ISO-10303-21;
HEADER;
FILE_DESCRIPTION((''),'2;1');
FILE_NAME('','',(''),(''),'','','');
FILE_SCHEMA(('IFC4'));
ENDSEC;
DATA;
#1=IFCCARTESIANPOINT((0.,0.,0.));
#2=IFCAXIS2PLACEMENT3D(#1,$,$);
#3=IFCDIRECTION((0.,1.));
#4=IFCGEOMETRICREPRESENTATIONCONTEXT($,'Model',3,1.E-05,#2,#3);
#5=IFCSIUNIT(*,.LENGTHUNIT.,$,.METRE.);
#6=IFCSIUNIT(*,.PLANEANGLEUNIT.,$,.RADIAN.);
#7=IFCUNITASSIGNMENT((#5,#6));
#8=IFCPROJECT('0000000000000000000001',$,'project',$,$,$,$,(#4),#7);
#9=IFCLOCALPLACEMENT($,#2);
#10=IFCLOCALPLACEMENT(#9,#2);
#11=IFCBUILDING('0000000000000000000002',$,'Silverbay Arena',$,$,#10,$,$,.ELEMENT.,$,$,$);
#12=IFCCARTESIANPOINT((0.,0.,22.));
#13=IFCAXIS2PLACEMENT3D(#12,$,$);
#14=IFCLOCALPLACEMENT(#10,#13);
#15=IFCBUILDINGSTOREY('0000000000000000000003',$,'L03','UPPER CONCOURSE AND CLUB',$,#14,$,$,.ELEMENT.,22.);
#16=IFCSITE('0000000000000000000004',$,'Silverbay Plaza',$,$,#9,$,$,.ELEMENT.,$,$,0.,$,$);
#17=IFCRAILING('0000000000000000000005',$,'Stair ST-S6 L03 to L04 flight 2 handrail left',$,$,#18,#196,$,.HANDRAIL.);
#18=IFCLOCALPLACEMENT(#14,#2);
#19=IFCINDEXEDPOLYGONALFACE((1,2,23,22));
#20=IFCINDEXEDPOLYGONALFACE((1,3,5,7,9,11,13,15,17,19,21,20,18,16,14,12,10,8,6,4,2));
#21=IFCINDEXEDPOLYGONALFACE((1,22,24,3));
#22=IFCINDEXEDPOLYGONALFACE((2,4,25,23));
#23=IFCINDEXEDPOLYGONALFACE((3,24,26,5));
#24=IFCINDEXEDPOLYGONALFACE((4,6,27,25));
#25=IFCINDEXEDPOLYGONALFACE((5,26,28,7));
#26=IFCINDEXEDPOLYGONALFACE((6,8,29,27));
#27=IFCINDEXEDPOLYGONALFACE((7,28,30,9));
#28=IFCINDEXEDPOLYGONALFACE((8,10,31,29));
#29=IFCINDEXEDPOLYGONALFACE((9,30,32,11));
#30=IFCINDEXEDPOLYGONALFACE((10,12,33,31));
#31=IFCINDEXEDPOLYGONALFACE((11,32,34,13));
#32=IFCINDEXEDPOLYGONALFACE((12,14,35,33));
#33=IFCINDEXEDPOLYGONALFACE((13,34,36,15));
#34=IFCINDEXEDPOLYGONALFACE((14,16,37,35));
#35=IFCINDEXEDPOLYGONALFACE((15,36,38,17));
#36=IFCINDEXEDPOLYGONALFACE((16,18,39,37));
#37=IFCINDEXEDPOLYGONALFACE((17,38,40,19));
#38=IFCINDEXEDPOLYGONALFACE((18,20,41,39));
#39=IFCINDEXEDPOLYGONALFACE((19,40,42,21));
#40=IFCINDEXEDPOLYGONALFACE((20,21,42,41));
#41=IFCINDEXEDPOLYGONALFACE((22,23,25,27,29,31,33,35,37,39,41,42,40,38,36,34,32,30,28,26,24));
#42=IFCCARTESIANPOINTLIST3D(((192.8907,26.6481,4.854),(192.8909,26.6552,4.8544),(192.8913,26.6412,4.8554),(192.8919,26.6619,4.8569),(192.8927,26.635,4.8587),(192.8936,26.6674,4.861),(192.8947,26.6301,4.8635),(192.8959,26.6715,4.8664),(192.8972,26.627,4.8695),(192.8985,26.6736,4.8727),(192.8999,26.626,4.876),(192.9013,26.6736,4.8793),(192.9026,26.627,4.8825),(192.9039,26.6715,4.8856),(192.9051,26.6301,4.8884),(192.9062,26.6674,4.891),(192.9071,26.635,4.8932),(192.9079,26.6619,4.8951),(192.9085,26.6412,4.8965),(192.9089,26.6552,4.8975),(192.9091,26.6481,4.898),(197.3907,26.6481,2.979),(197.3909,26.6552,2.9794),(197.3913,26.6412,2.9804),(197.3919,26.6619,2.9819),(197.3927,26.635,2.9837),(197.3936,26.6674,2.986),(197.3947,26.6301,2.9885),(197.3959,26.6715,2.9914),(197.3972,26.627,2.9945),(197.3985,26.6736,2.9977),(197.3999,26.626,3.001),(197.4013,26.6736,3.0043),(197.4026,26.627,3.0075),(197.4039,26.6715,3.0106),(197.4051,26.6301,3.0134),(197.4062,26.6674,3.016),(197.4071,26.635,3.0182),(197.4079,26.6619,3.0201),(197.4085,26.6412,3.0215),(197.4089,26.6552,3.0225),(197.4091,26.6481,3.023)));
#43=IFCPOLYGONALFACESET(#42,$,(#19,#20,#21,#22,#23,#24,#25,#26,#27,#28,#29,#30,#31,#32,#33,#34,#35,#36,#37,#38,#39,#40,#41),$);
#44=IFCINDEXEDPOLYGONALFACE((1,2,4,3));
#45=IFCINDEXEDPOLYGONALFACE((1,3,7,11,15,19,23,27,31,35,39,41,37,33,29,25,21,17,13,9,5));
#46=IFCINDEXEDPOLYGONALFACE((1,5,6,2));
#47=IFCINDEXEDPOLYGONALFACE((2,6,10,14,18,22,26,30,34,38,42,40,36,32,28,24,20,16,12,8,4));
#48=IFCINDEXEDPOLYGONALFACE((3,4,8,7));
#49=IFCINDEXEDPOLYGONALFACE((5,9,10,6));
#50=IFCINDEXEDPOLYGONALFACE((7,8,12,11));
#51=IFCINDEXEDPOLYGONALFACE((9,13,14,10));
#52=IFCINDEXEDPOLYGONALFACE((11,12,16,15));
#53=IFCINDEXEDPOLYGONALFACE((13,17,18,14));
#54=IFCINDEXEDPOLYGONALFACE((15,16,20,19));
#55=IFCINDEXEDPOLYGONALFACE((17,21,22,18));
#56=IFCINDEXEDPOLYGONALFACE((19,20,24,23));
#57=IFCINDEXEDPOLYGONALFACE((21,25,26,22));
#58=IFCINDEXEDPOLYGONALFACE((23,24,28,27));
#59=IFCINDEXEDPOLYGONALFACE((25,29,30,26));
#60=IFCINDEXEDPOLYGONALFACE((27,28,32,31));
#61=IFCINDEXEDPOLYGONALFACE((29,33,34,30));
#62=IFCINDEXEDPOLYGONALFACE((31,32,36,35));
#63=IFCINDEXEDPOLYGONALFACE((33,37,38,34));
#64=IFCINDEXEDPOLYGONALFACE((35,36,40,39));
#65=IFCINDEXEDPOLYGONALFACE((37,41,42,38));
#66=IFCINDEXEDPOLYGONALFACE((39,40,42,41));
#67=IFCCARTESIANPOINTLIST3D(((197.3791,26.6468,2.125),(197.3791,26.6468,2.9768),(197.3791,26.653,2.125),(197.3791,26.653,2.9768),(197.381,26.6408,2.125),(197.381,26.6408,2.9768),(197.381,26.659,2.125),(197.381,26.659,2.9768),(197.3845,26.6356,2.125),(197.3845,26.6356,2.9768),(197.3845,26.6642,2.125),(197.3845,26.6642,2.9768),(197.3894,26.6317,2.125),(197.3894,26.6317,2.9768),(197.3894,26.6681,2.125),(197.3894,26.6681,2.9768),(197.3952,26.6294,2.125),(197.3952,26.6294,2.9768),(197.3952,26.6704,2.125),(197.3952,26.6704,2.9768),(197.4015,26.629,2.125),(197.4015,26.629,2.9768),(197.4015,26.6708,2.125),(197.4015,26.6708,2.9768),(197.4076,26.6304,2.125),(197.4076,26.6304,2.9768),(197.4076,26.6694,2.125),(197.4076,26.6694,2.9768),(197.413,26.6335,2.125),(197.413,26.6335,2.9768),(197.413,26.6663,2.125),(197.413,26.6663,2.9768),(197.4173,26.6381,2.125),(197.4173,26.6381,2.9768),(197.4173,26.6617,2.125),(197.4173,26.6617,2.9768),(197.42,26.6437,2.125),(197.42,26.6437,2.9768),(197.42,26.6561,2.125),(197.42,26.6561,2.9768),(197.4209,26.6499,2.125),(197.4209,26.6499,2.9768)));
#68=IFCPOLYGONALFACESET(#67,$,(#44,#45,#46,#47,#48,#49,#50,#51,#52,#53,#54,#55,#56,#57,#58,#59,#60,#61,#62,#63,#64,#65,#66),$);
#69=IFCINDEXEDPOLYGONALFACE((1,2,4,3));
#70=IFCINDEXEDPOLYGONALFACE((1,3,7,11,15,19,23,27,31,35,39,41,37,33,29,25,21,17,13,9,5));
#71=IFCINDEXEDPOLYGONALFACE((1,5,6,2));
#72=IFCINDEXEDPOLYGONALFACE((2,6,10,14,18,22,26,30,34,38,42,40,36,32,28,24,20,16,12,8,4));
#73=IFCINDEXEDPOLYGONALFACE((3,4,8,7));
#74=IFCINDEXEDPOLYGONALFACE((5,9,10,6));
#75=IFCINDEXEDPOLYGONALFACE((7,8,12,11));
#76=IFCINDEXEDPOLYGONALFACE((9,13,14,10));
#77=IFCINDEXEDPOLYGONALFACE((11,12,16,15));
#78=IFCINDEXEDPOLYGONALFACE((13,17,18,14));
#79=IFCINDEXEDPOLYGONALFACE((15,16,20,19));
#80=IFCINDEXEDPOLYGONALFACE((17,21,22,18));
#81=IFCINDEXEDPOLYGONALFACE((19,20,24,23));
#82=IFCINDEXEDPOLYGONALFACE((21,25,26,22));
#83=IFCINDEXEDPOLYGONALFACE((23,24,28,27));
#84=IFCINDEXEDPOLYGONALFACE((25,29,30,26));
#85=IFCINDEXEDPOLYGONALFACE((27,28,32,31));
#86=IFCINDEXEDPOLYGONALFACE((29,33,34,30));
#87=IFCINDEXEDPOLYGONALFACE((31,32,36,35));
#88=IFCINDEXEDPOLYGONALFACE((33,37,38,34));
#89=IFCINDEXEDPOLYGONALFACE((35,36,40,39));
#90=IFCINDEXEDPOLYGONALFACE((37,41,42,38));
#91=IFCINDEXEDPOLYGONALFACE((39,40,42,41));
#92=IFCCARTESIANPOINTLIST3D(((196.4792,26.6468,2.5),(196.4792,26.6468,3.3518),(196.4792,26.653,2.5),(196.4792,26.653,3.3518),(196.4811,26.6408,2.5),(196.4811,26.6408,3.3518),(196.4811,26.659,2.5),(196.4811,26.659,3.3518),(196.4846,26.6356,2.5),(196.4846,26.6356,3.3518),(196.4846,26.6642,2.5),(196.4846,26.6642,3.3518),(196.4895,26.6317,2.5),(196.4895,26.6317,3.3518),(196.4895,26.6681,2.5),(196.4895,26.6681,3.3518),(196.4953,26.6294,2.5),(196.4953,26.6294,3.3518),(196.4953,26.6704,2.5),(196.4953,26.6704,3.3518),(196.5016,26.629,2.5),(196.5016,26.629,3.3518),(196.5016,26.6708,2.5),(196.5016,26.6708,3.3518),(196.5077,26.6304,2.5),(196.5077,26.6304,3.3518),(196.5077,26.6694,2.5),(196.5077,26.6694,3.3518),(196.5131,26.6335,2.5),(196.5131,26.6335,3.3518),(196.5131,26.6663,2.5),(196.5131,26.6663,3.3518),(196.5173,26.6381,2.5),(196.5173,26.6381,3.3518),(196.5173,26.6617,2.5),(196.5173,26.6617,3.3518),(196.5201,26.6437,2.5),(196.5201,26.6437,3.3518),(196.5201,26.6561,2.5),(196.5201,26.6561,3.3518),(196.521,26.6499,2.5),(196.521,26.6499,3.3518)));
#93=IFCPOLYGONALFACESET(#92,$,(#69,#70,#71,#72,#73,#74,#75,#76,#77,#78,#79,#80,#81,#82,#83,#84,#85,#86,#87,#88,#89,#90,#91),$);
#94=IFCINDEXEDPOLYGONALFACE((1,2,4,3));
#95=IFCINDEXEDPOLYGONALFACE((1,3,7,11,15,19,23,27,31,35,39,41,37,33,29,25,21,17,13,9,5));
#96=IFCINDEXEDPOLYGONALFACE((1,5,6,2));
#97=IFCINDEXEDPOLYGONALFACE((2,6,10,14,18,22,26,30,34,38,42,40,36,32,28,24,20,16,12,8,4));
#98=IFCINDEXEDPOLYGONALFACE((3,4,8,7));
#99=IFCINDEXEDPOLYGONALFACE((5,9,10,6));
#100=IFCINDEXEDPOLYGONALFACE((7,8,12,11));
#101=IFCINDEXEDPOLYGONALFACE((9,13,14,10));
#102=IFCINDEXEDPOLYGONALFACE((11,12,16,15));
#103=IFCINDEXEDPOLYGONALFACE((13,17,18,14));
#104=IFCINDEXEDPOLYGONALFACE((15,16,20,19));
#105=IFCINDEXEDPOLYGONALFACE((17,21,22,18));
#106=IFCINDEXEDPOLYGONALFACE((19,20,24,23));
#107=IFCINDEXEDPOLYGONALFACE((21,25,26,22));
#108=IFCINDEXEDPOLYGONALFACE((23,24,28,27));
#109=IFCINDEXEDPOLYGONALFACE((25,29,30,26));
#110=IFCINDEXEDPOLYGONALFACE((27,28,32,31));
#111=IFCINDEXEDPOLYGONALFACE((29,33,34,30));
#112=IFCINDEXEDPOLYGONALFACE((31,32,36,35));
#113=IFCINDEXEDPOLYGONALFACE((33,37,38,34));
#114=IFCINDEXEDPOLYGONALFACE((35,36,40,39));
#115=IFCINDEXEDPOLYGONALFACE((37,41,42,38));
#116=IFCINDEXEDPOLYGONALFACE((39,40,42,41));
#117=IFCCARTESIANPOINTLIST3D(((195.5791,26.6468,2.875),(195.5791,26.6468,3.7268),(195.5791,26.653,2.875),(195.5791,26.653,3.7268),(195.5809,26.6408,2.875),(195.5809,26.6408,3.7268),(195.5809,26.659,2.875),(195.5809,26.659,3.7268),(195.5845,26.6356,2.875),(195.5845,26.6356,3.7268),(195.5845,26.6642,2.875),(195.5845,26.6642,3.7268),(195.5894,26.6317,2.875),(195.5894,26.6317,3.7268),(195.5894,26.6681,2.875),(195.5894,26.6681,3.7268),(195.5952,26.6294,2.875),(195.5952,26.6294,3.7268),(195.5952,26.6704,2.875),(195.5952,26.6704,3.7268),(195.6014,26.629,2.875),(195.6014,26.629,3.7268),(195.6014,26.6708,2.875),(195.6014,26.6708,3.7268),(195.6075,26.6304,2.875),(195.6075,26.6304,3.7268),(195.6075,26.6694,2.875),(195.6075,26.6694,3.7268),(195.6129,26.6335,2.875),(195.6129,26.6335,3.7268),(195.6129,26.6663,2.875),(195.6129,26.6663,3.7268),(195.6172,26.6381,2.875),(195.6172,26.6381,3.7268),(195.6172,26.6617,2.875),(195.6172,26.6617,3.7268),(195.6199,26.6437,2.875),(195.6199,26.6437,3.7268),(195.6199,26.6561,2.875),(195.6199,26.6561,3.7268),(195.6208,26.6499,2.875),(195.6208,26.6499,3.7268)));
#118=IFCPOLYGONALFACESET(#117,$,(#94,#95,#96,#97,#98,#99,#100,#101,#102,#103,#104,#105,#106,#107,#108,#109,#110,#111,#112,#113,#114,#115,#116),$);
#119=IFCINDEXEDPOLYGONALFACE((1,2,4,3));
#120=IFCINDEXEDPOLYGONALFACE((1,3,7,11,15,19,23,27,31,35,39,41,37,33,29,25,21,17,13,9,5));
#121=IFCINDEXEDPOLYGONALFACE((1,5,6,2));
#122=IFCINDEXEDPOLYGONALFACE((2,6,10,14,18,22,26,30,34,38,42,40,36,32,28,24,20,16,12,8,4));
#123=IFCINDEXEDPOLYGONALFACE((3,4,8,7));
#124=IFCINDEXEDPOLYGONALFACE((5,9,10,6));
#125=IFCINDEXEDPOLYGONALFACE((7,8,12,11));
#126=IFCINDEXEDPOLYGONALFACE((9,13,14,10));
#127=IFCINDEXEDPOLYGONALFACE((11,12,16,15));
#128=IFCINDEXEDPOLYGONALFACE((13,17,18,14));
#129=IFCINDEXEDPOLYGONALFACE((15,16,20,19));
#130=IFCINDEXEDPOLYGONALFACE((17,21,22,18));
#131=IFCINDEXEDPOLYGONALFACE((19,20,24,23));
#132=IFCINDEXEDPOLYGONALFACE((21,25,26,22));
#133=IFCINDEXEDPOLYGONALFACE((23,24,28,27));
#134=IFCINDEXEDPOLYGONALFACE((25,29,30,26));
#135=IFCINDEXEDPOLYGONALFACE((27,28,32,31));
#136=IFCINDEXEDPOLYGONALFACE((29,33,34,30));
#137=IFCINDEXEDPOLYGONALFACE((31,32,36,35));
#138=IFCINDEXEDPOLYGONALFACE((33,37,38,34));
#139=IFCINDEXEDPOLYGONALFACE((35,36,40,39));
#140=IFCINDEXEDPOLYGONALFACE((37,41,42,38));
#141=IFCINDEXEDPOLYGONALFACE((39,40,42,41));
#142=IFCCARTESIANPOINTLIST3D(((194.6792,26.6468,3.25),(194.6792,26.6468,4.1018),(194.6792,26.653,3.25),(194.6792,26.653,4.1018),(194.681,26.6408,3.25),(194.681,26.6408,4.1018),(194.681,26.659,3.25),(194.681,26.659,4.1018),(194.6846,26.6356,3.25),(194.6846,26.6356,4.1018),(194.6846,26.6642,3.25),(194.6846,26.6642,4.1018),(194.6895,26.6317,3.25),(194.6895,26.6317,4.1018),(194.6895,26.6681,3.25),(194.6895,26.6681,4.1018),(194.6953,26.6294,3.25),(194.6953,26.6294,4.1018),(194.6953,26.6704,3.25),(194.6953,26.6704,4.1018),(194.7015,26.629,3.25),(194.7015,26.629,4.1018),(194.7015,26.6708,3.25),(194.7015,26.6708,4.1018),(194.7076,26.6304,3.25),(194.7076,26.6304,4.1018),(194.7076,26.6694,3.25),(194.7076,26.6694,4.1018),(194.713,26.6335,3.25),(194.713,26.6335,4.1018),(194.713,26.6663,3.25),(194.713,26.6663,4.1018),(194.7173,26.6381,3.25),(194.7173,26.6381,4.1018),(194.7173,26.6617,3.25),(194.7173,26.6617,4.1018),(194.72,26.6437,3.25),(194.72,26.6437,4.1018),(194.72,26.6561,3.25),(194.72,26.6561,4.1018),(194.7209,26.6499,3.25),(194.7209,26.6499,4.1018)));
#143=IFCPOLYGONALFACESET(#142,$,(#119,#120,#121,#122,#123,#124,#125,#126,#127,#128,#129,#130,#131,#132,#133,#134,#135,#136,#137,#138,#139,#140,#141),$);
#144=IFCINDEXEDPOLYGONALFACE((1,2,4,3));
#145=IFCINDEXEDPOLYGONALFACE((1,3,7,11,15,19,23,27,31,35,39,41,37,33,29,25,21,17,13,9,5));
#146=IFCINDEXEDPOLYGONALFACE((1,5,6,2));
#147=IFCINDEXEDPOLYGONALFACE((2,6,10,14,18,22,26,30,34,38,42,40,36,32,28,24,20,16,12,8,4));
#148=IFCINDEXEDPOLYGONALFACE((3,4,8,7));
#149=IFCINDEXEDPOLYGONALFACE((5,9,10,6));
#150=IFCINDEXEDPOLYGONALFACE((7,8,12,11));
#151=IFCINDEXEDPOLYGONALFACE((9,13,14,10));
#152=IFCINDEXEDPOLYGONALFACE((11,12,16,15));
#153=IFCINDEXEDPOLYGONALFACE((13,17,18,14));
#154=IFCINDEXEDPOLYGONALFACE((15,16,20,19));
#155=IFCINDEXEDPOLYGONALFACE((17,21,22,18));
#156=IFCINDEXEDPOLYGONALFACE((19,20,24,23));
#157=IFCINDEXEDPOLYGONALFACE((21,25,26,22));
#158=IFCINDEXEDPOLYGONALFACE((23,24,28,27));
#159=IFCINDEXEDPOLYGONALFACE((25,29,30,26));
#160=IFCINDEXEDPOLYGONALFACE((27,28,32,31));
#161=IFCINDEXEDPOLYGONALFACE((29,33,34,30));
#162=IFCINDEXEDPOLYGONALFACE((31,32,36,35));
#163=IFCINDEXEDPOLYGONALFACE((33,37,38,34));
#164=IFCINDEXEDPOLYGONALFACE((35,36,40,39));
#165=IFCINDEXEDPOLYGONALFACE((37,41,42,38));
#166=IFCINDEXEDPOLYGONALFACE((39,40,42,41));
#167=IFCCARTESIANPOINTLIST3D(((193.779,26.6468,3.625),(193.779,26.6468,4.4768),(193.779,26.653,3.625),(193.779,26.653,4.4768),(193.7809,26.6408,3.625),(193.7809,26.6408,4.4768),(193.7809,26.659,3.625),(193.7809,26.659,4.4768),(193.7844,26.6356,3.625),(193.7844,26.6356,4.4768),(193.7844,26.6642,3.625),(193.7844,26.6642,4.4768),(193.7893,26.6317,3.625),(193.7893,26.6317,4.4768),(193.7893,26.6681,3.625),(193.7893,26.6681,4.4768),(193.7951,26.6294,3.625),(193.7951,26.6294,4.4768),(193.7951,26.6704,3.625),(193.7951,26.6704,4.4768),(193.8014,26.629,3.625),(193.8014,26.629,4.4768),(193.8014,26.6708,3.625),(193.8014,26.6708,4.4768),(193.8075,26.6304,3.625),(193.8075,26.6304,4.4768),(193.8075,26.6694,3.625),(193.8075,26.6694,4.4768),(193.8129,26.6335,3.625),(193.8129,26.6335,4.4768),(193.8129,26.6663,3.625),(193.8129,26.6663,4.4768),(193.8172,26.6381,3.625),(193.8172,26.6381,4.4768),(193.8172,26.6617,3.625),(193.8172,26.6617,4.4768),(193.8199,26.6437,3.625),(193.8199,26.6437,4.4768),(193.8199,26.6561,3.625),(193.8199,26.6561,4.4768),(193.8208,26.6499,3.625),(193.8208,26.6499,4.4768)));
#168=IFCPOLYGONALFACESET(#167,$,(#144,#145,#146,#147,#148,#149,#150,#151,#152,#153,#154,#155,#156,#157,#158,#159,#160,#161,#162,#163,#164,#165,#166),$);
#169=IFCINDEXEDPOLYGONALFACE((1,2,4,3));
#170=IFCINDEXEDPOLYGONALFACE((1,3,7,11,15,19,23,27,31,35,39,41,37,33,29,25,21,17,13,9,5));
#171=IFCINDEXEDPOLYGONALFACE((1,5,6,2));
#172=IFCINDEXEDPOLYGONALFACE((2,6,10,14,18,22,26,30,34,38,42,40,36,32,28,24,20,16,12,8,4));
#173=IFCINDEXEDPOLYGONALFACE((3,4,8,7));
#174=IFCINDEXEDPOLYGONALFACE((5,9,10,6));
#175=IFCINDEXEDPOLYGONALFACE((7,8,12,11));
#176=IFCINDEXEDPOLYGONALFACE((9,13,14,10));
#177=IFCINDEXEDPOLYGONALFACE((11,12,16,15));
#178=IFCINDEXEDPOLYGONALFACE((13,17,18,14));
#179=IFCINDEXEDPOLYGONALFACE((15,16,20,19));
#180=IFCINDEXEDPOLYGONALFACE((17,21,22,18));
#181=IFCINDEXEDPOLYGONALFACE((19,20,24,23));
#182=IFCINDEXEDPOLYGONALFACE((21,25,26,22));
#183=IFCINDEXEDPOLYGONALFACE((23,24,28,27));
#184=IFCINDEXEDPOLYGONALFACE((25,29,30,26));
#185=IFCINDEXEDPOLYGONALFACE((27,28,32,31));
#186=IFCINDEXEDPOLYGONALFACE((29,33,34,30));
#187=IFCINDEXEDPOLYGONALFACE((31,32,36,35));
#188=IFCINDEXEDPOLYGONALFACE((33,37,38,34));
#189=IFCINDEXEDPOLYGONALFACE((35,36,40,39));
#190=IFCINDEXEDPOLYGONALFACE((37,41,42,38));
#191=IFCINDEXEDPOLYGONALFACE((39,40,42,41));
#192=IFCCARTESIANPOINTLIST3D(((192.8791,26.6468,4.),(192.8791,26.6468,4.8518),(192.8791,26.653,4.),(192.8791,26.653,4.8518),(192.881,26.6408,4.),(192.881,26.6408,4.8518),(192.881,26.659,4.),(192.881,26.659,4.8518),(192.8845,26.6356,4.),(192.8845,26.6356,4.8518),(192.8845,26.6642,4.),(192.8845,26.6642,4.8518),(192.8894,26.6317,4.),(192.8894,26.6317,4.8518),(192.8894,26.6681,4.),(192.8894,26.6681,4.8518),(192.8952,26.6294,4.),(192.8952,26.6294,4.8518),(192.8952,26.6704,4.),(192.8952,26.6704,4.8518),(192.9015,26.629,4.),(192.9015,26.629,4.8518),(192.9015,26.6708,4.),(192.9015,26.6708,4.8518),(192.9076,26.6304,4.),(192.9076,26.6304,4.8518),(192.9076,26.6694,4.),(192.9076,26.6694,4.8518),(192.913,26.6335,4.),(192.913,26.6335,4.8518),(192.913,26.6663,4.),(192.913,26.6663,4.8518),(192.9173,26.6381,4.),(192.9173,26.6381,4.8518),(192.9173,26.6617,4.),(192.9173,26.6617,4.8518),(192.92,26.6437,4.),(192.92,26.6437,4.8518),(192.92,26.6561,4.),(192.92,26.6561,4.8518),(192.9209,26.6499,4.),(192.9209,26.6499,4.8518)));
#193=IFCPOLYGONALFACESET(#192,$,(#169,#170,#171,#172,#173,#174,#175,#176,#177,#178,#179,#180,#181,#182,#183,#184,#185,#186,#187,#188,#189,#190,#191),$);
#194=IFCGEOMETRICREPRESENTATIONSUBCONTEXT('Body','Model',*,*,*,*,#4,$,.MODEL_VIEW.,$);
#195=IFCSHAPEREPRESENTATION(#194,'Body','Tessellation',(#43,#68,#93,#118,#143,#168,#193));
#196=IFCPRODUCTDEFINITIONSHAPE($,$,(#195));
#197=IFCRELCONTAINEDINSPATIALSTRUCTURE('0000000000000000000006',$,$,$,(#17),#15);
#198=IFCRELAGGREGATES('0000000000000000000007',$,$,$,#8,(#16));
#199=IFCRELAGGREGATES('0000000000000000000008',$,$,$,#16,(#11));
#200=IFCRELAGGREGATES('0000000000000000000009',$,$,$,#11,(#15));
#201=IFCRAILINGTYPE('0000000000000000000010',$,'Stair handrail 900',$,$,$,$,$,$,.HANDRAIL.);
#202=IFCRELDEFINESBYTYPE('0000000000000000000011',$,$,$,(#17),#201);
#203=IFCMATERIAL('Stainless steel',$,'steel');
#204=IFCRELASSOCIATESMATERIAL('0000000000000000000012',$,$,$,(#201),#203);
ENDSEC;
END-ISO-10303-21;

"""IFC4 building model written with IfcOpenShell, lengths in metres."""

from ifc_helpers import new_model, si_unit, direction, frame, origin, origin_2d, place, context, subcontext, project, spatial, circle, extrude, material, type_object, element, save


model = new_model("IFC4")

# Units and contexts
model_context = context("Model", 3, precision=1e-05, world=origin(), true_north=direction((0.0, 1.0)))
body_context = subcontext(model_context, "Body", "Model", "MODEL_VIEW")
ifc_project = project(units=[si_unit("LENGTHUNIT", "METRE"), si_unit("PLANEANGLEUNIT", "RADIAN")], contexts=[model_context])

# Site, building, storey
site_placement = place(None, origin())
site = spatial("IfcSite", under=ifc_project, at=site_placement, Name="Silverbay Plaza", CompositionType="ELEMENT", RefElevation=0.0)
building_placement = place(site_placement, origin())
building = spatial("IfcBuilding", under=site, at=building_placement, Name="Silverbay Arena", CompositionType="ELEMENT")
storey_placement = place(building_placement, frame((0.0, 0.0, 22.0)))
storey = spatial("IfcBuildingStorey", under=building, at=storey_placement, Name="L03", Description="UPPER CONCOURSE AND CLUB", CompositionType="ELEMENT", Elevation=22.0)

# Railing
ifc_material_1 = material(Name="Stainless steel", Category="steel")
railing_type_1 = type_object("IfcRailingType", Name="Stair handrail 900", PredefinedType="HANDRAIL", material=ifc_material_1)
for number, where, name in (
    (1, (197.3999, 26.6499, 2.125), "Stair ST-S6 L03 to L04 flight 2 handrail left"),
):
    element("IfcRailing", number, at=place(storey_placement, frame(where)), inside=storey, type_object=railing_type_1, Name=name, PredefinedType="HANDRAIL", context=body_context, shape_type="SweptSolid", body=[
        extrude(circle(Radius=0.0239, at=origin_2d()), frame((0.0, 0.0, 0.876), z_axis=(-0.923077, 0.0, 0.384615), x_axis=(0.0, -1.0, 0.0)), (0.0, 0.0, 1.0), 4.875),
        extrude(circle(Radius=0.021, at=origin_2d()), origin(), (0.0, 0.0, 1.0), 0.8518),
        extrude(circle(Radius=0.021, at=origin_2d()), frame((-0.8999, 0.0, 0.375)), (0.0, 0.0, 1.0), 0.8518),
        extrude(circle(Radius=0.021, at=origin_2d()), frame((-1.8, 0.0, 0.75)), (0.0, 0.0, 1.0), 0.8518),
        extrude(circle(Radius=0.021, at=origin_2d()), frame((-2.7, 0.0, 1.125)), (0.0, 0.0, 1.0), 0.8518),
        extrude(circle(Radius=0.021, at=origin_2d()), frame((-3.6001, 0.0, 1.5)), (0.0, 0.0, 1.0), 0.8518),
        extrude(circle(Radius=0.021, at=origin_2d()), frame((-4.5, 0.0, 1.875)), (0.0, 0.0, 1.0), 0.8518),
    ])

save(model, "model.ifc")
